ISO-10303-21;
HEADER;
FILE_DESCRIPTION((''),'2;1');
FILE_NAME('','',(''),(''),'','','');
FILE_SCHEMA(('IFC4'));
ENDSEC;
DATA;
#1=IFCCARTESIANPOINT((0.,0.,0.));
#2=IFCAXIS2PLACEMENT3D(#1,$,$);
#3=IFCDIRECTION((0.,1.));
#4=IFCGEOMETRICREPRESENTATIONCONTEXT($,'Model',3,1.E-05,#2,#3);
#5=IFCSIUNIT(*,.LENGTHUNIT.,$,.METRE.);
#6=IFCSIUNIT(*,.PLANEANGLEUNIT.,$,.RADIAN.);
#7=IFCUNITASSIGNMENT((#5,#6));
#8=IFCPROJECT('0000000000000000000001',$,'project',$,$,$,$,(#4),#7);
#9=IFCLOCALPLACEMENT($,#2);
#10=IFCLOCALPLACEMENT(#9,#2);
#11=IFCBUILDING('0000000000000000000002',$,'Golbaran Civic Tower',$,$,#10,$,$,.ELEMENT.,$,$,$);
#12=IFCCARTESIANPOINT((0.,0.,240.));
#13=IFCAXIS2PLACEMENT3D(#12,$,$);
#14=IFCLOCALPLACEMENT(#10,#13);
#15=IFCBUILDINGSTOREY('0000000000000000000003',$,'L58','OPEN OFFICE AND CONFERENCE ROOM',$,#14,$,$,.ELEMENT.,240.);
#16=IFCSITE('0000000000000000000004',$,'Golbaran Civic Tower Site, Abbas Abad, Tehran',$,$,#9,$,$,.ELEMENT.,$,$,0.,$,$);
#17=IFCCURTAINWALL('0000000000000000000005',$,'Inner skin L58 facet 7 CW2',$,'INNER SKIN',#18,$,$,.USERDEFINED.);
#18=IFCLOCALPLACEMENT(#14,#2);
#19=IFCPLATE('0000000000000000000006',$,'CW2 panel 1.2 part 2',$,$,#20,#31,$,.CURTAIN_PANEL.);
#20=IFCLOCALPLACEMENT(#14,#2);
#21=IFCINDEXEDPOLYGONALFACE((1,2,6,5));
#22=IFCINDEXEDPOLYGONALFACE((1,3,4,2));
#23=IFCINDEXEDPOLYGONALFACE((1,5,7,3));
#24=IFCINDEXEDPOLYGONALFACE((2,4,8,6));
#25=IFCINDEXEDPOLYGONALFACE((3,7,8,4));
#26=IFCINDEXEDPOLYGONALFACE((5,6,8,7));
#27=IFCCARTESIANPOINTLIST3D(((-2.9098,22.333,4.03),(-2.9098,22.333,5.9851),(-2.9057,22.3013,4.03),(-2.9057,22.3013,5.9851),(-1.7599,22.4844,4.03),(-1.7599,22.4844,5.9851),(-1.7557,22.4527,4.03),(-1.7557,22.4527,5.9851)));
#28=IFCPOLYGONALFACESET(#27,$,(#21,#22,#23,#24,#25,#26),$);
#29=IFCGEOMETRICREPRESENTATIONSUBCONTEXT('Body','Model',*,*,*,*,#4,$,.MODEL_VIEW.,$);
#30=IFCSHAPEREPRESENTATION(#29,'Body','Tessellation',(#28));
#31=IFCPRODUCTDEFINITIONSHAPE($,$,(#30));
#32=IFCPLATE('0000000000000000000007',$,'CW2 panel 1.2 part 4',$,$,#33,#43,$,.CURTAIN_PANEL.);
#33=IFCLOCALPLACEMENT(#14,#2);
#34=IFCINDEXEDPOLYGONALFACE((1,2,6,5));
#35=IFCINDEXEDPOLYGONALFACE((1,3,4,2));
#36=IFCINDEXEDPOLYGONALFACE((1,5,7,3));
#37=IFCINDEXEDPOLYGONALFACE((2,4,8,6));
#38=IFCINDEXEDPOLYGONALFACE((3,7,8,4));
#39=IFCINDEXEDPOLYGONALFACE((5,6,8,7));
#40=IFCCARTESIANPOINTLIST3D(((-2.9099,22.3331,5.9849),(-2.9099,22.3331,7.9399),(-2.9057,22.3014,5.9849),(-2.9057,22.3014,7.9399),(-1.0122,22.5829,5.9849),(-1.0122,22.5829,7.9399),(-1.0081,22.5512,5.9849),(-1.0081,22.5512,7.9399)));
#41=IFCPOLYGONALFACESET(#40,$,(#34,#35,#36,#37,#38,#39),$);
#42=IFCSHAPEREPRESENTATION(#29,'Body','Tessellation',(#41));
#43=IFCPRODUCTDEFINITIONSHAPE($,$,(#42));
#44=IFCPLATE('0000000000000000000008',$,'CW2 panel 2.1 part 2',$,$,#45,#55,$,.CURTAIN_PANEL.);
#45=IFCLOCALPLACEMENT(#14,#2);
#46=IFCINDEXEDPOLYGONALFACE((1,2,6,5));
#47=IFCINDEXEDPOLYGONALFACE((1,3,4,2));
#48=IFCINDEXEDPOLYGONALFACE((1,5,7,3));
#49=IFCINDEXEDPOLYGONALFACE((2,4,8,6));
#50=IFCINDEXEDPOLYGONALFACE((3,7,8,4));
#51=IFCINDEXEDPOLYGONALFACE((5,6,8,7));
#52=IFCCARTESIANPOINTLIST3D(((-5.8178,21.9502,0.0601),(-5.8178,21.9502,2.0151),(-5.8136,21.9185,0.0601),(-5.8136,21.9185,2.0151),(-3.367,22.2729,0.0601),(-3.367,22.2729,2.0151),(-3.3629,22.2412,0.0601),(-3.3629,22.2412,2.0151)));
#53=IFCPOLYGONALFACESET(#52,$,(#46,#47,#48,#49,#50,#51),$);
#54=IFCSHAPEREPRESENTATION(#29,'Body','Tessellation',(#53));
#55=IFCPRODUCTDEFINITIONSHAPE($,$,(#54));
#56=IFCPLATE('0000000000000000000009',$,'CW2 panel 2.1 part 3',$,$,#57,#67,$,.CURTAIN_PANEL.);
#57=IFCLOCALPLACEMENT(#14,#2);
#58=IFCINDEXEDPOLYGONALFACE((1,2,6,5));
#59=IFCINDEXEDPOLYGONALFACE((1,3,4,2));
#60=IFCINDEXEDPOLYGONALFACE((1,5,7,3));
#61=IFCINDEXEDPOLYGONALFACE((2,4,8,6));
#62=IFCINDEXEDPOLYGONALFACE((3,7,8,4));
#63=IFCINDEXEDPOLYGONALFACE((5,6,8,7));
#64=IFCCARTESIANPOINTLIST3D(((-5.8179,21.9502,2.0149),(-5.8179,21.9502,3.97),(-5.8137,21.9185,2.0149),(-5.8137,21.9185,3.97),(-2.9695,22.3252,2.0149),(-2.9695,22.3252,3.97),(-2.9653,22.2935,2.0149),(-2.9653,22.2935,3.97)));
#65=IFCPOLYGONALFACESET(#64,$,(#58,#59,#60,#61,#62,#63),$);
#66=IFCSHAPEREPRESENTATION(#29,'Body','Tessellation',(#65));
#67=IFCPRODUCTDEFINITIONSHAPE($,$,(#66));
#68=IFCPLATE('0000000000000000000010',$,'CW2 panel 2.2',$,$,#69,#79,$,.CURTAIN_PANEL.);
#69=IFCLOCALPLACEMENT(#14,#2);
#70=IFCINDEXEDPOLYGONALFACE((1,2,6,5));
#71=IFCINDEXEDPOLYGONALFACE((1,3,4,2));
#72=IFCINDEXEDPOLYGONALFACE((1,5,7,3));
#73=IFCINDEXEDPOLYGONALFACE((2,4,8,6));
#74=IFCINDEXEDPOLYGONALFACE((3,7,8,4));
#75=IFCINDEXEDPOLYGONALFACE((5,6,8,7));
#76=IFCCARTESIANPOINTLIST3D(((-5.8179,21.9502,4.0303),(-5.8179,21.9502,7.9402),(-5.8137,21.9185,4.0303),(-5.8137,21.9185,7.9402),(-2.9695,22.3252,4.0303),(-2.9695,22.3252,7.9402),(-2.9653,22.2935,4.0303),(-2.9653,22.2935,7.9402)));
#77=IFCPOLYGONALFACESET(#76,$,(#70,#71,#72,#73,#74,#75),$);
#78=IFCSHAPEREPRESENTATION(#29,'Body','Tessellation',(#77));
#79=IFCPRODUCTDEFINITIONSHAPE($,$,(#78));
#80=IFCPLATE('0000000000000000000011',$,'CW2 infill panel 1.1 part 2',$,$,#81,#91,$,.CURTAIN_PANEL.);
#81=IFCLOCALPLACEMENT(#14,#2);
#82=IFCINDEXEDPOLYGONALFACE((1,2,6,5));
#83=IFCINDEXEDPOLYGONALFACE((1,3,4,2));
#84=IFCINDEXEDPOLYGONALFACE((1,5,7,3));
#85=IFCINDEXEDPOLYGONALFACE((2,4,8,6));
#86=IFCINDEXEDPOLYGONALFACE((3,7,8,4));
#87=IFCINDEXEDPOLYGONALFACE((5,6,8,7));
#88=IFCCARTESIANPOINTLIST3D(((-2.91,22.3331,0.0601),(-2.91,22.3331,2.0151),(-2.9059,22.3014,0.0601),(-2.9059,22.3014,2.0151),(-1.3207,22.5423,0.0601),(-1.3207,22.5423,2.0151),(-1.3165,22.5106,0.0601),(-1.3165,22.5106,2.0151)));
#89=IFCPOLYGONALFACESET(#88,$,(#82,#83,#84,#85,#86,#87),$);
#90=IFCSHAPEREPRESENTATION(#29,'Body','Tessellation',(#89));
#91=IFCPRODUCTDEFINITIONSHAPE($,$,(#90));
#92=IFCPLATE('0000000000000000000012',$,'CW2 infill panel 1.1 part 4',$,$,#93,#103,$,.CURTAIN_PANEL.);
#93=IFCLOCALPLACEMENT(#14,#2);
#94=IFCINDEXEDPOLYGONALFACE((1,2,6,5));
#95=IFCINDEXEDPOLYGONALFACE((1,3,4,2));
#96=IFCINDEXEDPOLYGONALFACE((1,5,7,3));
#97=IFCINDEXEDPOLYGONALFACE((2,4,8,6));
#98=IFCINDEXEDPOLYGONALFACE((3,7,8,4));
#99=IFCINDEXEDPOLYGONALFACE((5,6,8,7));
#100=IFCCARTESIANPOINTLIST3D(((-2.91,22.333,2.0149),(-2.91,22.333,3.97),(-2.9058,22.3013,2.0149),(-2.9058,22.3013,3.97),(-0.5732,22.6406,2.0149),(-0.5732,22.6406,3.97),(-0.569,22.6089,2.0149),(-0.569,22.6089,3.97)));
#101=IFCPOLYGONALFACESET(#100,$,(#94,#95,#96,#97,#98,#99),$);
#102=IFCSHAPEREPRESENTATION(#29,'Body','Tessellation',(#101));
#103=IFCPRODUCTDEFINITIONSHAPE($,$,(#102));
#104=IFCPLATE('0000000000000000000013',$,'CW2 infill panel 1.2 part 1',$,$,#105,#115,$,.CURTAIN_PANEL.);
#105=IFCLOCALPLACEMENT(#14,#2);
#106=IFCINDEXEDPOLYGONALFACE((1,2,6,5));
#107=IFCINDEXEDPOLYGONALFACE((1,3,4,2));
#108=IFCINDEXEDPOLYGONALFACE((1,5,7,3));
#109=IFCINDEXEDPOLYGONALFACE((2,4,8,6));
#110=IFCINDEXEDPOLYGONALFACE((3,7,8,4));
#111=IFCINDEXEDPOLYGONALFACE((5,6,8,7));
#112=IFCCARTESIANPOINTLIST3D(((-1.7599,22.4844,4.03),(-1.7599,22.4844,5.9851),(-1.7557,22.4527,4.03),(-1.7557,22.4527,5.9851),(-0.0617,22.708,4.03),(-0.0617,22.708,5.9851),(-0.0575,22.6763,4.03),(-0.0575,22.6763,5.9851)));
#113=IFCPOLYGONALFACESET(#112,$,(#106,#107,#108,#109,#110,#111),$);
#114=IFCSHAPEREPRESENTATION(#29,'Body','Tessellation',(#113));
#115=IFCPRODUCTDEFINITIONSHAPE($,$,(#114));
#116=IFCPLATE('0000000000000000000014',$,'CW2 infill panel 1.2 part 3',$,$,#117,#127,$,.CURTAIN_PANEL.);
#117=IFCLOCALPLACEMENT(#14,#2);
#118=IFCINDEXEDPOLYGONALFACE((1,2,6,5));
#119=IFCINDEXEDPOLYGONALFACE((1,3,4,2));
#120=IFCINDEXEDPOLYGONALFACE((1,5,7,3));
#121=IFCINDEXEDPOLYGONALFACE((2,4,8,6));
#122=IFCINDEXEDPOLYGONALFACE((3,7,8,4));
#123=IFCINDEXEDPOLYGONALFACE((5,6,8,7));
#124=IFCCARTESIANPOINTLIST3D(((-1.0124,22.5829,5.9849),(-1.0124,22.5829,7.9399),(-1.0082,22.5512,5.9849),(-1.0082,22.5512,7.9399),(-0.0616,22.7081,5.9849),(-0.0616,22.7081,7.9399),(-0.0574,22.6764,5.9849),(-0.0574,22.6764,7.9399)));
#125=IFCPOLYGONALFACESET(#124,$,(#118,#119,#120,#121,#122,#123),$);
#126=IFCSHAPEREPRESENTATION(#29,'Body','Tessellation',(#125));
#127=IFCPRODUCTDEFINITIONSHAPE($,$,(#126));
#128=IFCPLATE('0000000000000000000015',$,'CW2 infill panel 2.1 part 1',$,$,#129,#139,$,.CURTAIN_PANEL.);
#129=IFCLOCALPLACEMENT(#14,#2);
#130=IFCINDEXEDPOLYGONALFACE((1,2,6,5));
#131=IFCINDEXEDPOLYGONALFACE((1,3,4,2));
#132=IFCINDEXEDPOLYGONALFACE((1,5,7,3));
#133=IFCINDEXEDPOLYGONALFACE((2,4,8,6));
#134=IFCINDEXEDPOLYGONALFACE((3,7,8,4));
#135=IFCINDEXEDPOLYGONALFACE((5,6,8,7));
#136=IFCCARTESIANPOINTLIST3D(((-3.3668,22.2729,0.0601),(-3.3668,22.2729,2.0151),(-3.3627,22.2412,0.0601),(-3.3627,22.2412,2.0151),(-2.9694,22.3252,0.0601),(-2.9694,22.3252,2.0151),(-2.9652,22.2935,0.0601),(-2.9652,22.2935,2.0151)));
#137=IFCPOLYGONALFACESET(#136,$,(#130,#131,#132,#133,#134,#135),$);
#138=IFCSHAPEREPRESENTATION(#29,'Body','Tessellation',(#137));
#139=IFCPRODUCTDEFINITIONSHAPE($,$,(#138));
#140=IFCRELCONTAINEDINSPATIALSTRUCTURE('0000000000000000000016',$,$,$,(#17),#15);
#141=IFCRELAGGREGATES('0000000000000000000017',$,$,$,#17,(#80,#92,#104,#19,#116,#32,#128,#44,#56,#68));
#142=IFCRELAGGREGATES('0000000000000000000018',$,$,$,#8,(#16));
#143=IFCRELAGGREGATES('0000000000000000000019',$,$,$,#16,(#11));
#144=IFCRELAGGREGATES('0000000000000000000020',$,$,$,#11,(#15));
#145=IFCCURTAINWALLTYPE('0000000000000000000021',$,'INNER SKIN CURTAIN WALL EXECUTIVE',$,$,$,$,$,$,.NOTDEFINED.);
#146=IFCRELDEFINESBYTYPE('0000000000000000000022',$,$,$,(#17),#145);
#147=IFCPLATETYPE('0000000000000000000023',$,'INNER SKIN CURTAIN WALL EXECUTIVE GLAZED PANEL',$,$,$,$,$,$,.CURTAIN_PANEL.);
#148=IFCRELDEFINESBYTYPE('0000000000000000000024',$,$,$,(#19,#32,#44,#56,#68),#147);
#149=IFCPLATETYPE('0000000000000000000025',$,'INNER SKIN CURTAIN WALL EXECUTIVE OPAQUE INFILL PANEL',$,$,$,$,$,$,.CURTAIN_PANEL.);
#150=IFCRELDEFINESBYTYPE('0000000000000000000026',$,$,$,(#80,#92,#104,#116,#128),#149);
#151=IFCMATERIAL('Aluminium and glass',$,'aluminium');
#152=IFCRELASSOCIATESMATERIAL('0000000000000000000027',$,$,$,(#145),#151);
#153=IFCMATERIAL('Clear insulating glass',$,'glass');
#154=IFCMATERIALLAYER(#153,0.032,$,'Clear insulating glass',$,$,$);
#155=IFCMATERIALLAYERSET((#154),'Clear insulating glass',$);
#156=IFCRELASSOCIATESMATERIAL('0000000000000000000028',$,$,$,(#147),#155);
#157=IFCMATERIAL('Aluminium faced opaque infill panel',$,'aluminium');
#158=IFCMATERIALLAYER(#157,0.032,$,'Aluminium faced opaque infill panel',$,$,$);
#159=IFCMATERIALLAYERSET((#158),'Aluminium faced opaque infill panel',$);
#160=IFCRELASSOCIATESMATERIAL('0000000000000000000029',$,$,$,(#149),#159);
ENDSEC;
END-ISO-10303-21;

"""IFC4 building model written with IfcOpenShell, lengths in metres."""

from ifc_helpers import new_model, si_unit, direction, frame, origin, origin_2d, place, context, subcontext, project, spatial, rectangle, extrude, material, layer, layer_set, type_object, element, aggregate, save


model = new_model("IFC4")

# Units and contexts
model_context = context("Model", 3, precision=1e-05, world=origin(), true_north=direction((0.0, 1.0)))
body_context = subcontext(model_context, "Body", "Model", "MODEL_VIEW")
ifc_project = project(units=[si_unit("LENGTHUNIT", "METRE"), si_unit("PLANEANGLEUNIT", "RADIAN")], contexts=[model_context])

# Site, building, storey
site_placement = place(None, origin())
site = spatial("IfcSite", under=ifc_project, at=site_placement, Name="Golbaran Civic Tower Site, Abbas Abad, Tehran", CompositionType="ELEMENT", RefElevation=0.0)
building_placement = place(site_placement, origin())
building = spatial("IfcBuilding", under=site, at=building_placement, Name="Golbaran Civic Tower", CompositionType="ELEMENT")
storey_placement = place(building_placement, frame((0.0, 0.0, 240.0)))
storey = spatial("IfcBuildingStorey", under=building, at=storey_placement, Name="L58", Description="OPEN OFFICE AND CONFERENCE ROOM", CompositionType="ELEMENT", Elevation=240.0)

# Curtain wall, plates
ifc_material_1 = material(Name="Aluminium and glass", Category="aluminium")
curtain_wall_type = type_object("IfcCurtainWallType", Name="INNER SKIN CURTAIN WALL EXECUTIVE", PredefinedType="NOTDEFINED", material=ifc_material_1)
curtain_wall_placement = place(storey_placement, origin())
curtain_wall = element("IfcCurtainWall", 1, at=curtain_wall_placement, inside=storey, type_object=curtain_wall_type, Name="Inner skin L58 facet 7 CW2", ObjectType="INNER SKIN", PredefinedType="USERDEFINED")
ifc_material_2 = material(Name="Clear insulating glass", Category="glass")
ifc_layer_1 = layer(ifc_material_2, 0.032, Name="Clear insulating glass")
ifc_layer_set_1 = layer_set([ifc_layer_1], Name="Clear insulating glass")
plate_type_1 = type_object("IfcPlateType", Name="INNER SKIN CURTAIN WALL EXECUTIVE GLAZED PANEL", PredefinedType="CURTAIN_PANEL", material=ifc_layer_set_1)
plate_1_placement = place(storey_placement, frame((-2.3328, 22.3928, 4.03), z_axis=(0.0, 0.0, 1.0), x_axis=(-0.991445, -0.130526, 0.0)))
plate_1 = element("IfcPlate", 2, at=plate_1_placement, type_object=plate_type_1, Name="CW2 panel 1.2 part 2", PredefinedType="CURTAIN_PANEL", context=body_context, shape_type="SweptSolid", body=[
    extrude(rectangle(XDim=1.1599, YDim=0.032, at=origin_2d()), origin(), (0.0, 0.0, 1.0), 1.9551),
])
plate_2_placement = place(storey_placement, frame((-1.959, 22.4421, 5.9849), z_axis=(0.0, 0.0, 1.0), x_axis=(-0.991445, -0.130526, 0.0)))
plate_2 = element("IfcPlate", 3, at=plate_2_placement, type_object=plate_type_1, Name="CW2 panel 1.2 part 4", PredefinedType="CURTAIN_PANEL", context=body_context, shape_type="SweptSolid", body=[
    extrude(rectangle(XDim=1.9141, YDim=0.032, at=origin_2d()), origin(), (0.0, 0.0, 1.0), 1.9551),
])
plate_3_placement = place(storey_placement, frame((-4.5903, 22.0957, 0.0601), z_axis=(0.0, 0.0, 1.0), x_axis=(-0.991445, -0.130526, 0.0)))
plate_3 = element("IfcPlate", 4, at=plate_3_placement, type_object=plate_type_1, Name="CW2 panel 2.1 part 2", PredefinedType="CURTAIN_PANEL", context=body_context, shape_type="SweptSolid", body=[
    extrude(rectangle(XDim=2.4719, YDim=0.032, at=origin_2d()), origin(), (0.0, 0.0, 1.0), 1.9551),
])
plate_4_placement = place(storey_placement, frame((-4.3916, 22.1218, 2.0149), z_axis=(0.0, 0.0, 1.0), x_axis=(-0.991445, -0.130526, 0.0)))
plate_4 = element("IfcPlate", 5, at=plate_4_placement, type_object=plate_type_1, Name="CW2 panel 2.1 part 3", PredefinedType="CURTAIN_PANEL", context=body_context, shape_type="SweptSolid", body=[
    extrude(rectangle(XDim=2.873, YDim=0.032, at=origin_2d()), origin(), (0.0, 0.0, 1.0), 1.9551),
])
plate_5_placement = place(storey_placement, frame((-4.3916, 22.1218, 4.0303), z_axis=(0.0, 0.0, 1.0), x_axis=(-0.991445, -0.130526, 0.0)))
plate_5 = element("IfcPlate", 6, at=plate_5_placement, type_object=plate_type_1, Name="CW2 panel 2.2", PredefinedType="CURTAIN_PANEL", context=body_context, shape_type="SweptSolid", body=[
    extrude(rectangle(XDim=2.873, YDim=0.032, at=origin_2d()), origin(), (0.0, 0.0, 1.0), 3.9099),
])
ifc_material_3 = material(Name="Aluminium faced opaque infill panel", Category="aluminium")
ifc_layer_2 = layer(ifc_material_3, 0.032, Name="Aluminium faced opaque infill panel")
ifc_layer_set_2 = layer_set([ifc_layer_2], Name="Aluminium faced opaque infill panel")
plate_type_2 = type_object("IfcPlateType", Name="INNER SKIN CURTAIN WALL EXECUTIVE OPAQUE INFILL PANEL", PredefinedType="CURTAIN_PANEL", material=ifc_layer_set_2)
plate_6_placement = place(storey_placement, frame((-2.1133, 22.4219, 0.0601), z_axis=(0.0, 0.0, 1.0), x_axis=(-0.991445, -0.130526, 0.0)))
plate_6 = element("IfcPlate", 7, at=plate_6_placement, type_object=plate_type_2, Name="CW2 infill panel 1.1 part 2", PredefinedType="CURTAIN_PANEL", context=body_context, shape_type="SweptSolid", body=[
    extrude(rectangle(XDim=1.603, YDim=0.032, at=origin_2d()), origin(), (0.0, 0.0, 1.0), 1.9551),
])
plate_7_placement = place(storey_placement, frame((-1.7395, 22.4709, 2.0149), z_axis=(0.0, 0.0, 1.0), x_axis=(-0.991445, -0.130526, 0.0)))
plate_7 = element("IfcPlate", 8, at=plate_7_placement, type_object=plate_type_2, Name="CW2 infill panel 1.1 part 4", PredefinedType="CURTAIN_PANEL", context=body_context, shape_type="SweptSolid", body=[
    extrude(rectangle(XDim=2.3569, YDim=0.032, at=origin_2d()), origin(), (0.0, 0.0, 1.0), 1.9551),
])
plate_8_placement = place(storey_placement, frame((-0.9087, 22.5803, 4.03), z_axis=(0.0, 0.0, 1.0), x_axis=(-0.991445, -0.130526, 0.0)))
plate_8 = element("IfcPlate", 9, at=plate_8_placement, type_object=plate_type_2, Name="CW2 infill panel 1.2 part 1", PredefinedType="CURTAIN_PANEL", context=body_context, shape_type="SweptSolid", body=[
    extrude(rectangle(XDim=1.7129, YDim=0.032, at=origin_2d()), origin(), (0.0, 0.0, 1.0), 1.9551),
])
plate_9_placement = place(storey_placement, frame((-0.5349, 22.6296, 5.9849), z_axis=(0.0, 0.0, 1.0), x_axis=(-0.991445, -0.130526, 0.0)))
plate_9 = element("IfcPlate", 10, at=plate_9_placement, type_object=plate_type_2, Name="CW2 infill panel 1.2 part 3", PredefinedType="CURTAIN_PANEL", context=body_context, shape_type="SweptSolid", body=[
    extrude(rectangle(XDim=0.959, YDim=0.032, at=origin_2d()), origin(), (0.0, 0.0, 1.0), 1.9551),
])
plate_10_placement = place(storey_placement, frame((-3.166, 22.2832, 0.0601), z_axis=(0.0, 0.0, 1.0), x_axis=(-0.991445, -0.130526, 0.0)))
plate_10 = element("IfcPlate", 11, at=plate_10_placement, type_object=plate_type_2, Name="CW2 infill panel 2.1 part 1", PredefinedType="CURTAIN_PANEL", context=body_context, shape_type="SweptSolid", body=[
    extrude(rectangle(XDim=0.4009, YDim=0.032, at=origin_2d()), origin(), (0.0, 0.0, 1.0), 1.9551),
])
aggregate(curtain_wall, [plate_6, plate_7, plate_8, plate_1, plate_9, plate_2, plate_10, plate_3, plate_4, plate_5])

save(model, "model.ifc")
